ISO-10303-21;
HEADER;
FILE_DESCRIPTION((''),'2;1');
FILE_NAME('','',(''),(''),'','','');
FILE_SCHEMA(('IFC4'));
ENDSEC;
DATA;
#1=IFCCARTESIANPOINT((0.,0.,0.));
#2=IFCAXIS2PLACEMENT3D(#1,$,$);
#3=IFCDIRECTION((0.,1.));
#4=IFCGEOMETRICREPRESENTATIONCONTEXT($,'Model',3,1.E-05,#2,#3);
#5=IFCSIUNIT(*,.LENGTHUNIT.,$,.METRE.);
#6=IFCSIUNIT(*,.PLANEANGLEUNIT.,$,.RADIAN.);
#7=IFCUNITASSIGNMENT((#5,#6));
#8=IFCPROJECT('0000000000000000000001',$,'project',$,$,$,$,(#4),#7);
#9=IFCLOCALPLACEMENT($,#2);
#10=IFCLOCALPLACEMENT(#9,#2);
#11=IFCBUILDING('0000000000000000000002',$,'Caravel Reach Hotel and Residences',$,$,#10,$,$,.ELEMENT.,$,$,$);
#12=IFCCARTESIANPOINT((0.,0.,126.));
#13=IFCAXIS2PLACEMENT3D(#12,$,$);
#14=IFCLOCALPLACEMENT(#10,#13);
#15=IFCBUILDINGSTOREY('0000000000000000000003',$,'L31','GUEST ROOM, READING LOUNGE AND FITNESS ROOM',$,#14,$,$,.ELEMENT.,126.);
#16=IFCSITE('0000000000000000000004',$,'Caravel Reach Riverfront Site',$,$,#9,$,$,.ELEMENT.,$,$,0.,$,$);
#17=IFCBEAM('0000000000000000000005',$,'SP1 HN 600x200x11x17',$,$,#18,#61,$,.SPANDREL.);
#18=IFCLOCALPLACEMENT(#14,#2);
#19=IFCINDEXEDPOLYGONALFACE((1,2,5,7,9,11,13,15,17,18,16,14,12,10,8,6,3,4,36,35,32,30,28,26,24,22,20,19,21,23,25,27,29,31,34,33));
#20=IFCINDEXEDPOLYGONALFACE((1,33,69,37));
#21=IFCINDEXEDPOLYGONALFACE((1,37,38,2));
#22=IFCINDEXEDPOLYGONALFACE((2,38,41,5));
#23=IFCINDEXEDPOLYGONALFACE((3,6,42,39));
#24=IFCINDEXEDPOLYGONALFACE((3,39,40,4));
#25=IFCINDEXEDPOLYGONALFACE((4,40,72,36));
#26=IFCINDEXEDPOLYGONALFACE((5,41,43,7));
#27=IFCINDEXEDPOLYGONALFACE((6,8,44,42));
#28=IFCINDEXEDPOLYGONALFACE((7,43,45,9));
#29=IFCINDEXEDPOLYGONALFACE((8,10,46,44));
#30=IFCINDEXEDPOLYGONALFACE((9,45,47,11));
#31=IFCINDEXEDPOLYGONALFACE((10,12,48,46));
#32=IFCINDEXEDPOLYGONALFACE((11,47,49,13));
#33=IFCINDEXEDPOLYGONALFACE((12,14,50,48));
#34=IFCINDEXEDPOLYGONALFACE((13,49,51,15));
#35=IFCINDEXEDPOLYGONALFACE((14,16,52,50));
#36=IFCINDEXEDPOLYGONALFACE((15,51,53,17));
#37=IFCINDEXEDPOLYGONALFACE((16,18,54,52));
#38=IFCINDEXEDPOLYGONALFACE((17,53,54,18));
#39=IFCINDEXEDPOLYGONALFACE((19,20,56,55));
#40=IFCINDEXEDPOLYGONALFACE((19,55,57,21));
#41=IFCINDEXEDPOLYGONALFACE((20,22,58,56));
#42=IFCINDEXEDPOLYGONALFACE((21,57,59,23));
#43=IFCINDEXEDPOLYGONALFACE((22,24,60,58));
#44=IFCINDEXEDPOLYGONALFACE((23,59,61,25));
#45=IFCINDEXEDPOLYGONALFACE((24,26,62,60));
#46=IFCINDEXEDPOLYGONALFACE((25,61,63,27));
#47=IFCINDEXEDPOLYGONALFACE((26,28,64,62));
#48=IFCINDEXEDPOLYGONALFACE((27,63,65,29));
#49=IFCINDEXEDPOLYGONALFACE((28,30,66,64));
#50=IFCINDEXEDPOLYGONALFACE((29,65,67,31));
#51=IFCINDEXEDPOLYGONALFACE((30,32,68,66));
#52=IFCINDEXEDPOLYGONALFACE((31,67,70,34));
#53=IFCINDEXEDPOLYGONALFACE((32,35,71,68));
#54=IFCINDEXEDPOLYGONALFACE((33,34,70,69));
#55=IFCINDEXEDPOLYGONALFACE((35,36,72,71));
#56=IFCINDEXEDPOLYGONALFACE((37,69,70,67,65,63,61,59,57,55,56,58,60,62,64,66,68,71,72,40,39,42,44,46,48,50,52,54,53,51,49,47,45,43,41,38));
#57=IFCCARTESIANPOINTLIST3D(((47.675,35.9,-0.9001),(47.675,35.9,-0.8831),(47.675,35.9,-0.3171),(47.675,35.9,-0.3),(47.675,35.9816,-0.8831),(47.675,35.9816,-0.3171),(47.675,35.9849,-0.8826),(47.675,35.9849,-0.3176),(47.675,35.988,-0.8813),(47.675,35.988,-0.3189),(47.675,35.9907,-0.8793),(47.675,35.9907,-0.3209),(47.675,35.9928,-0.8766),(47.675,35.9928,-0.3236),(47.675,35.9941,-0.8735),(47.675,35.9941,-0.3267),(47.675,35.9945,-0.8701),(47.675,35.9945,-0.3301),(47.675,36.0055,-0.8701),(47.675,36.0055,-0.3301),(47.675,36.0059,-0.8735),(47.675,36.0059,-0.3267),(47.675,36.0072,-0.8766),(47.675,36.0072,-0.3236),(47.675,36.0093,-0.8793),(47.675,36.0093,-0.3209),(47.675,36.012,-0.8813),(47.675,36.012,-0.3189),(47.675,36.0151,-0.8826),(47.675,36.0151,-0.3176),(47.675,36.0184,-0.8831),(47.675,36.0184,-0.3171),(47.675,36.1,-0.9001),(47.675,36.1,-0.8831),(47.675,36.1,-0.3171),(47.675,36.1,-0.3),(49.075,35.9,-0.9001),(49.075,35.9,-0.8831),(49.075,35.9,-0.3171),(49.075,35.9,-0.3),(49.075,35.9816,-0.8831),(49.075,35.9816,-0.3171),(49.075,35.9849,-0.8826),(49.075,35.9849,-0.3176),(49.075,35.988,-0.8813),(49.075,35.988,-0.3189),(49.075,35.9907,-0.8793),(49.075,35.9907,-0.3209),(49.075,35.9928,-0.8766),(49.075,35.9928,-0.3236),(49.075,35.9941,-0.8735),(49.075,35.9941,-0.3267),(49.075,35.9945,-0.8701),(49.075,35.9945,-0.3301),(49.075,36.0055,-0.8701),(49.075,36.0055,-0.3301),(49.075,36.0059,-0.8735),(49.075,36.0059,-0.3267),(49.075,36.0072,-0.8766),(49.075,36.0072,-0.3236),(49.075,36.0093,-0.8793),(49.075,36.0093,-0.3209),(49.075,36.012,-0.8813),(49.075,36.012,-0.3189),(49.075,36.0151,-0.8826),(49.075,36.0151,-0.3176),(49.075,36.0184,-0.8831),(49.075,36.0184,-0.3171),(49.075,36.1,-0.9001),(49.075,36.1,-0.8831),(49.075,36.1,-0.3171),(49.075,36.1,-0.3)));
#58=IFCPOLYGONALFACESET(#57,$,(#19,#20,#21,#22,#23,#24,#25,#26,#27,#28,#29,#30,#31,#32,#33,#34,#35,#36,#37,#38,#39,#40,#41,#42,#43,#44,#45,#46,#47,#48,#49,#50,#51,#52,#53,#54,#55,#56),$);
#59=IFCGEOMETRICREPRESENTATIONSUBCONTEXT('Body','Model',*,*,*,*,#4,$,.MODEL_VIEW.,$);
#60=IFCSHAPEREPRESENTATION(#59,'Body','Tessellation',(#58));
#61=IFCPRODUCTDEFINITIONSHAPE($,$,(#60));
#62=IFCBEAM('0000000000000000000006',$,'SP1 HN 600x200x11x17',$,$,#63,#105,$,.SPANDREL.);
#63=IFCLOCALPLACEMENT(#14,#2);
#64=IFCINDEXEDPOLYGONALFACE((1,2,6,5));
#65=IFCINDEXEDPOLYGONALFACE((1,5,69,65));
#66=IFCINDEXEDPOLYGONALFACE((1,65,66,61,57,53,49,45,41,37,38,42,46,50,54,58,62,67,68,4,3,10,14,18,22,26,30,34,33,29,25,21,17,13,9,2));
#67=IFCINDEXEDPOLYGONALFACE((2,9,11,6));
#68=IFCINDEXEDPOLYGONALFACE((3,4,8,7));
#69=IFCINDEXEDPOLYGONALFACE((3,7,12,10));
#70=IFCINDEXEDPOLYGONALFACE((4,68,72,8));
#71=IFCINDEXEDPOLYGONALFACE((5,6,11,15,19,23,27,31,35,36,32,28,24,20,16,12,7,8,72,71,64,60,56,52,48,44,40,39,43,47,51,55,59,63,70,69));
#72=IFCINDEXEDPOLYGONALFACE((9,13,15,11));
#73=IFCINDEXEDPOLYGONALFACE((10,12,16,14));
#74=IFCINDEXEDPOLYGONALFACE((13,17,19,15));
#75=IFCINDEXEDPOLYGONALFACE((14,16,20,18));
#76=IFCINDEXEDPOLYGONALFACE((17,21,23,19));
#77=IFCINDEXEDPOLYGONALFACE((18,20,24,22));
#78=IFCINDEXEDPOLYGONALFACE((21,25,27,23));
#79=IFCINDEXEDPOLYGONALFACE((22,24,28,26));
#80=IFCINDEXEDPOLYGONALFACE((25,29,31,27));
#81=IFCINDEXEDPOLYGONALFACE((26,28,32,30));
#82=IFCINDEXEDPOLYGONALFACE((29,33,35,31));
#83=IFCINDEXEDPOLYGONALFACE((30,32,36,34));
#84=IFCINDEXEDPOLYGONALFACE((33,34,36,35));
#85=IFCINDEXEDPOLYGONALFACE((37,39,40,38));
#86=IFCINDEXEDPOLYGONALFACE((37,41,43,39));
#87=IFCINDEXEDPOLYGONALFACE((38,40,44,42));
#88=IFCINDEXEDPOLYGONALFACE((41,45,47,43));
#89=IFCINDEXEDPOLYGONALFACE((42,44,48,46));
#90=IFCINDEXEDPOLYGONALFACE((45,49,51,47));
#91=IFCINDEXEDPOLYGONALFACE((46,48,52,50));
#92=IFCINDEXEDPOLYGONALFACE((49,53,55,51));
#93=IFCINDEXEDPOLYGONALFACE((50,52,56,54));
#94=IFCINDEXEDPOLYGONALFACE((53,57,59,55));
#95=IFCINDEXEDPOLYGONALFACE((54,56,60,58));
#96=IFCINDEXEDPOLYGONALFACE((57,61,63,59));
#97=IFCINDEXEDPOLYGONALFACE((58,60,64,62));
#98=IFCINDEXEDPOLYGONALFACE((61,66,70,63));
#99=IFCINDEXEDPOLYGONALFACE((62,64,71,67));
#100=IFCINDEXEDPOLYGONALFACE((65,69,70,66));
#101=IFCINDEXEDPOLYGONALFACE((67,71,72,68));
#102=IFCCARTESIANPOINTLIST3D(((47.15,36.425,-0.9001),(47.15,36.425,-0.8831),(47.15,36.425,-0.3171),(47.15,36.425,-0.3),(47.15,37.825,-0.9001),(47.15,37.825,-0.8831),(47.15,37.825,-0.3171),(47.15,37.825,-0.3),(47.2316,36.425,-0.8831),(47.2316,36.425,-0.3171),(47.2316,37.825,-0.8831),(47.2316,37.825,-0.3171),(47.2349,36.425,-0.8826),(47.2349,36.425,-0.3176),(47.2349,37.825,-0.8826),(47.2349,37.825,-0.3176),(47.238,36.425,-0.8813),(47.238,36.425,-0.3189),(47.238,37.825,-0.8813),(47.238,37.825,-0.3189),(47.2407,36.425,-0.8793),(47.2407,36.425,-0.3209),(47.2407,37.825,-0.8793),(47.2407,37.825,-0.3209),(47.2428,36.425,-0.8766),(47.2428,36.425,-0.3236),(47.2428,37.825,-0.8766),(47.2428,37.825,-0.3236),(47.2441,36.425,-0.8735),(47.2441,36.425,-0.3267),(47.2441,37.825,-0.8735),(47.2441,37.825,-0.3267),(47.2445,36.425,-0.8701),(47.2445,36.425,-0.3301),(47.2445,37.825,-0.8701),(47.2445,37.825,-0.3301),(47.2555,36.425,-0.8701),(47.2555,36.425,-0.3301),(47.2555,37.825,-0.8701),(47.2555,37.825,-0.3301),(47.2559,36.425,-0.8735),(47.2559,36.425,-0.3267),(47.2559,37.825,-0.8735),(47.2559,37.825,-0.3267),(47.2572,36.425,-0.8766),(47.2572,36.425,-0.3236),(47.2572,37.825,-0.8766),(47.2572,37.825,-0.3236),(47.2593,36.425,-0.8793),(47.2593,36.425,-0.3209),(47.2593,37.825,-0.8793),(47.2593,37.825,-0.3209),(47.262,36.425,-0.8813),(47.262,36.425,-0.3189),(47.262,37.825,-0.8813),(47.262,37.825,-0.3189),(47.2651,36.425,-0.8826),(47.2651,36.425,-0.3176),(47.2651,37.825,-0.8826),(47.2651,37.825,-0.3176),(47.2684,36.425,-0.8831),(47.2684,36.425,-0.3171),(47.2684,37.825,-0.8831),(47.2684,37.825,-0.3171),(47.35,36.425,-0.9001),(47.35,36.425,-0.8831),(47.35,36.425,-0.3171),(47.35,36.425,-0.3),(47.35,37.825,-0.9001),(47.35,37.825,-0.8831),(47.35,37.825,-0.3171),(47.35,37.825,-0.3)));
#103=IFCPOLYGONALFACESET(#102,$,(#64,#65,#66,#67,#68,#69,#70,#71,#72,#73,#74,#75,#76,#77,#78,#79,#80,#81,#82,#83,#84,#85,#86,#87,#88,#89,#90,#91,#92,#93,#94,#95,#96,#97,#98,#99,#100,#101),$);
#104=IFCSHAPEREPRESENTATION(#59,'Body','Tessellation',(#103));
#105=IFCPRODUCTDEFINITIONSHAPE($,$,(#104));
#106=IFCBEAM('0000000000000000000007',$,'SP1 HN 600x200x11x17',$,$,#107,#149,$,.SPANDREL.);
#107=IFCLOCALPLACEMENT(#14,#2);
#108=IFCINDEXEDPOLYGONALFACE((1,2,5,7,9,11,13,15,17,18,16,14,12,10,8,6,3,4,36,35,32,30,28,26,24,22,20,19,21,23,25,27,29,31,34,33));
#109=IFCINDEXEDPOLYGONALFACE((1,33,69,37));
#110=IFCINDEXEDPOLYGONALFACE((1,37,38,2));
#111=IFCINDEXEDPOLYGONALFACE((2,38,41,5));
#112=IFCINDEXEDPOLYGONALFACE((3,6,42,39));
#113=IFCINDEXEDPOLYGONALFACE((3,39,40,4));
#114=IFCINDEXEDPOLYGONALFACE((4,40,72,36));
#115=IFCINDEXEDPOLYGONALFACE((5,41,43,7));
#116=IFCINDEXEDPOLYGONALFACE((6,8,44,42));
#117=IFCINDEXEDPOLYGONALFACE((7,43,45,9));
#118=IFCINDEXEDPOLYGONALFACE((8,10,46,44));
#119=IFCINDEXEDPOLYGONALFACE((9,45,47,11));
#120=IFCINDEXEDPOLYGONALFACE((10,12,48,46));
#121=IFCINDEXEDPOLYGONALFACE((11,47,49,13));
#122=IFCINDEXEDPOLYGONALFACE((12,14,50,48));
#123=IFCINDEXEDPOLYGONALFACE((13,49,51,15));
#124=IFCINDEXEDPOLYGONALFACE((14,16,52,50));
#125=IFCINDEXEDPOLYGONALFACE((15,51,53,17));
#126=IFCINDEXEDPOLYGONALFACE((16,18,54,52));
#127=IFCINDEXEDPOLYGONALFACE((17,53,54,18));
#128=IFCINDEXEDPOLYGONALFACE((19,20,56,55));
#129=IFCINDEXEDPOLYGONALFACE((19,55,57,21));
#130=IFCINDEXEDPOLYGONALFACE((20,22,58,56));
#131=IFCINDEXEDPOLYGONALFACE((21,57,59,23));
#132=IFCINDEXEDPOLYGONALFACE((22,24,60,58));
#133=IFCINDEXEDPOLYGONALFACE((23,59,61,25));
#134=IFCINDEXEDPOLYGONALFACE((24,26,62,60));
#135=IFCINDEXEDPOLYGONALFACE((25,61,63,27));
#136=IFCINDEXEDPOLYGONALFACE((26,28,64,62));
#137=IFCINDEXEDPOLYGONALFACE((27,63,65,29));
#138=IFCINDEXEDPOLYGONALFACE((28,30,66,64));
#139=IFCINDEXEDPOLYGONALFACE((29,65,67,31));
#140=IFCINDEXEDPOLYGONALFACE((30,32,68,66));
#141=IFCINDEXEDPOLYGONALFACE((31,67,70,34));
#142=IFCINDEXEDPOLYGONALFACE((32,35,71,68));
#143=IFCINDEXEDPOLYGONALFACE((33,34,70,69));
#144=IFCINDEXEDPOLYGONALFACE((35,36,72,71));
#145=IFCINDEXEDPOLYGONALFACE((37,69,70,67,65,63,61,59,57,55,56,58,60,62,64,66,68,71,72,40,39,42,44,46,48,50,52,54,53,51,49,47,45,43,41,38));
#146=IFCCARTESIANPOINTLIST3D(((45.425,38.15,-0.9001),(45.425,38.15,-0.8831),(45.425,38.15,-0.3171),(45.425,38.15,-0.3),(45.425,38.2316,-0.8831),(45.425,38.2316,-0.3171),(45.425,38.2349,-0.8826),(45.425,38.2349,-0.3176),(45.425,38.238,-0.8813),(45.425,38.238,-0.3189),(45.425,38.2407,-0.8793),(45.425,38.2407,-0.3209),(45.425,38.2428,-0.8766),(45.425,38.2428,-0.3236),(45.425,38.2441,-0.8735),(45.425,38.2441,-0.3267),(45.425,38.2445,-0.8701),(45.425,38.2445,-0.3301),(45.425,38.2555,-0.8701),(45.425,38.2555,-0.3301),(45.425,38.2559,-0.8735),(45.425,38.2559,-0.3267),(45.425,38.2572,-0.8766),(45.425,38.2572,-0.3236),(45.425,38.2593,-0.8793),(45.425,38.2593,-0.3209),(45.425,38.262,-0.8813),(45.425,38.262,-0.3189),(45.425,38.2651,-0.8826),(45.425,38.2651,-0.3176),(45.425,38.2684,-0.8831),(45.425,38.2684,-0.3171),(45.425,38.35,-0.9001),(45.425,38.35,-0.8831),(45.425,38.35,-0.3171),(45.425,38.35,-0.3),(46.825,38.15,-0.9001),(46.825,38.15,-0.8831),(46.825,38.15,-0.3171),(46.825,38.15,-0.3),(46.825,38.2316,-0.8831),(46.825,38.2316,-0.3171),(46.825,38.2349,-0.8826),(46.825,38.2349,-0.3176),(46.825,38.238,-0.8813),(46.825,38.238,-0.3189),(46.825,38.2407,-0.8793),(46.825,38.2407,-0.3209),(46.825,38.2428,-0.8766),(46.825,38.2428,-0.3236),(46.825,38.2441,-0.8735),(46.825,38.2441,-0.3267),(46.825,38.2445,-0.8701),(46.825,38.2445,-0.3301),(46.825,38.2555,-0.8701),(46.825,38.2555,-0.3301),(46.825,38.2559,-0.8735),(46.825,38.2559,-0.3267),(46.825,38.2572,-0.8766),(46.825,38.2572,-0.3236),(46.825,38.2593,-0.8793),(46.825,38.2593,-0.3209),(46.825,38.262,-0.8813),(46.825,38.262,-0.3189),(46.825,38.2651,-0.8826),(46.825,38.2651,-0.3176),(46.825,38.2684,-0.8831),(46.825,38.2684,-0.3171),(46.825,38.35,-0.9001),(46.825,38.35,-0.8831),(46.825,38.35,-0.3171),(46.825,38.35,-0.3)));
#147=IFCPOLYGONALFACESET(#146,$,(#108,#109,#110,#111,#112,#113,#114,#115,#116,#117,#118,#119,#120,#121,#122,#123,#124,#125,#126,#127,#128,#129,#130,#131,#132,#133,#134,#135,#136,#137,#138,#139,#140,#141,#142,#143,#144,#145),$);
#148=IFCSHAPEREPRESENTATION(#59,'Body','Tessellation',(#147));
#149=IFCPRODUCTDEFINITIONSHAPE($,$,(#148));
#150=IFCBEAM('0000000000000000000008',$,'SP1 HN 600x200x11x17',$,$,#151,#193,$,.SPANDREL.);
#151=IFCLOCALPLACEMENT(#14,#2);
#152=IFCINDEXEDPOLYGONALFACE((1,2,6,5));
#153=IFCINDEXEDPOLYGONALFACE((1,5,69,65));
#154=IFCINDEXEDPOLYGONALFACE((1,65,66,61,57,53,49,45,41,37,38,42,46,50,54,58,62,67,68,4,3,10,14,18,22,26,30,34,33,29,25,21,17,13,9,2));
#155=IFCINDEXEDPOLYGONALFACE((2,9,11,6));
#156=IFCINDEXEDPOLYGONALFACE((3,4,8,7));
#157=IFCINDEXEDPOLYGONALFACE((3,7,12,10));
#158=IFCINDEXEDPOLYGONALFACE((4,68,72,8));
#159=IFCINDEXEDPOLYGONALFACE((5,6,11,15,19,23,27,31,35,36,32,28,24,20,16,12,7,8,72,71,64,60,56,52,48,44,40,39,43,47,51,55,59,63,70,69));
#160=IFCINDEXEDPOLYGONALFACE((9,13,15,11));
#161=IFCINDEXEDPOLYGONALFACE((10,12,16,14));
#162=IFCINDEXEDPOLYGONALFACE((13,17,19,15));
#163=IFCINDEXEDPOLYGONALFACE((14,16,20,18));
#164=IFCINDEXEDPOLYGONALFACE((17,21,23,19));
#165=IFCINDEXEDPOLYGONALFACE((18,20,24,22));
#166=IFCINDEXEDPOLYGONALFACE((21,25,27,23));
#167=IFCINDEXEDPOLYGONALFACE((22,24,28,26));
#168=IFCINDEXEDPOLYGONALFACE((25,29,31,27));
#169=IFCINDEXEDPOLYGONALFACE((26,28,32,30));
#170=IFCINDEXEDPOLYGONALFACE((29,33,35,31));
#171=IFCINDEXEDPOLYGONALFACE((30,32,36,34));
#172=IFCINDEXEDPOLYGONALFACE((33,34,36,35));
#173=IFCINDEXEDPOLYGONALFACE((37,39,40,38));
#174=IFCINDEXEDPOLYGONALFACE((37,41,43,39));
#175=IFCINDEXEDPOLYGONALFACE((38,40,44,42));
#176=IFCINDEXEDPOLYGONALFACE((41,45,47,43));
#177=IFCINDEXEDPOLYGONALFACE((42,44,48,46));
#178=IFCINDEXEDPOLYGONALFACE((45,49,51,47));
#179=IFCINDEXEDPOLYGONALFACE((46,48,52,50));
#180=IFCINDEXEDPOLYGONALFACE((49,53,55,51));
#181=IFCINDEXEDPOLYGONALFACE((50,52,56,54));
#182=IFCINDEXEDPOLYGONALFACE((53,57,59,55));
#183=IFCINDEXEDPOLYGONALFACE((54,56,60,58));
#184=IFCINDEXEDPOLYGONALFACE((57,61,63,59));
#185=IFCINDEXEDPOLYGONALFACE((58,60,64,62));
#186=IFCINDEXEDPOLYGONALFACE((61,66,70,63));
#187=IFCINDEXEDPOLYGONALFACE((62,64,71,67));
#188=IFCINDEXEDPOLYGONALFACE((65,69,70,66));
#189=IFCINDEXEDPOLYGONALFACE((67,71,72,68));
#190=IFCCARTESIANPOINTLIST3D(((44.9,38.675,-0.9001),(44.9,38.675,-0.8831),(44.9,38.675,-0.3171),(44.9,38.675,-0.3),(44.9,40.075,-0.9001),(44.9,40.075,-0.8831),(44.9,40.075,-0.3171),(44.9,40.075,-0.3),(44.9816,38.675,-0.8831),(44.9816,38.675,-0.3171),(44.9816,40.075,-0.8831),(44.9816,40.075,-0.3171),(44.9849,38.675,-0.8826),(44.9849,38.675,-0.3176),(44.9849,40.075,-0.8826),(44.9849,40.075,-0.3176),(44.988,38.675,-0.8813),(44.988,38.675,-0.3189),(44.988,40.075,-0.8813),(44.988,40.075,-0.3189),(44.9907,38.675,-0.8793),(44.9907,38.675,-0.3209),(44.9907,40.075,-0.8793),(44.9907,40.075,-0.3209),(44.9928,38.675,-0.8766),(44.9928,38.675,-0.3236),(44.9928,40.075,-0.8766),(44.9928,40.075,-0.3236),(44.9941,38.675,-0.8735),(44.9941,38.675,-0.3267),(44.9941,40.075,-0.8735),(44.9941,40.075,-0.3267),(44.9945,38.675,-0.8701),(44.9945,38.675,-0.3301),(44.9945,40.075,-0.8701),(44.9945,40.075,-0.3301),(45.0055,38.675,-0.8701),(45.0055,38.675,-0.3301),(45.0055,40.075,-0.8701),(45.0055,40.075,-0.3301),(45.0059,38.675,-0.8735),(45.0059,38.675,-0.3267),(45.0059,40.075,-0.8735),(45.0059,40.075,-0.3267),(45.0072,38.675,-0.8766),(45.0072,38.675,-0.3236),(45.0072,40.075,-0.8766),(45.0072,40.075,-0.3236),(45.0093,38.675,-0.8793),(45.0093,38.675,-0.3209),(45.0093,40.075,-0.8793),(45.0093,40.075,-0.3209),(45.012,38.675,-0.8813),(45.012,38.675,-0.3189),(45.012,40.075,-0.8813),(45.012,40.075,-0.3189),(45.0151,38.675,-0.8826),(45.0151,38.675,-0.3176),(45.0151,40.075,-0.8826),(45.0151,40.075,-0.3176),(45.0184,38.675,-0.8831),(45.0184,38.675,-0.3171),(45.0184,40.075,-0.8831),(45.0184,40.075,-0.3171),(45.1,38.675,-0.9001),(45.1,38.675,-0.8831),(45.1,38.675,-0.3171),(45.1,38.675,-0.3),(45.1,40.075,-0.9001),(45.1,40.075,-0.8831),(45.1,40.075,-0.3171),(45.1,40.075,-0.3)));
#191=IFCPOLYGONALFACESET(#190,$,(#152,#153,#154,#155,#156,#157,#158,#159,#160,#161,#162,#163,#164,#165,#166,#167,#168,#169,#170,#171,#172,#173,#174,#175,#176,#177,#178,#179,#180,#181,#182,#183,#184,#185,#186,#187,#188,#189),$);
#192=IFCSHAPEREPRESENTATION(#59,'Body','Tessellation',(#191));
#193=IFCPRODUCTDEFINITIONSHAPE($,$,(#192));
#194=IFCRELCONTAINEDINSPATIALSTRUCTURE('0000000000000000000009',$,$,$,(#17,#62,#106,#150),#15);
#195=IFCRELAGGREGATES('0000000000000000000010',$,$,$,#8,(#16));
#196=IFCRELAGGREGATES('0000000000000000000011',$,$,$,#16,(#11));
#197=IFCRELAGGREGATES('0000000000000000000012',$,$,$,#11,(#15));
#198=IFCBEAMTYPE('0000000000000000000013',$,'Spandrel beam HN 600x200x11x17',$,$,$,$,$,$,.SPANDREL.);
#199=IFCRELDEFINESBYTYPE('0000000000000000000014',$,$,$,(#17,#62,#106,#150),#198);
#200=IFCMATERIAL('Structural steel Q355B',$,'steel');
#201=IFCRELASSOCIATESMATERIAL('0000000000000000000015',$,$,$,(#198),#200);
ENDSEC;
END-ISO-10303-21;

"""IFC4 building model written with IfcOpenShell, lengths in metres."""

from ifc_helpers import new_model, si_unit, direction, frame, origin, origin_2d, place, context, subcontext, project, spatial, i_section, extrude, material, material_profile, profile_set, type_object, element, save


model = new_model("IFC4")

# Units and contexts
model_context = context("Model", 3, precision=1e-05, world=origin(), true_north=direction((0.0, 1.0)))
body_context = subcontext(model_context, "Body", "Model", "MODEL_VIEW")
ifc_project = project(units=[si_unit("LENGTHUNIT", "METRE"), si_unit("PLANEANGLEUNIT", "RADIAN")], contexts=[model_context])

# Site, building, storey
site_placement = place(None, origin())
site = spatial("IfcSite", under=ifc_project, at=site_placement, Name="Caravel Reach Riverfront Site", CompositionType="ELEMENT", RefElevation=0.0)
building_placement = place(site_placement, origin())
building = spatial("IfcBuilding", under=site, at=building_placement, Name="Caravel Reach Hotel and Residences", CompositionType="ELEMENT")
storey_placement = place(building_placement, frame((0.0, 0.0, 126.0)))
storey = spatial("IfcBuildingStorey", under=building, at=storey_placement, Name="L31", Description="GUEST ROOM, READING LOUNGE AND FITNESS ROOM", CompositionType="ELEMENT", Elevation=126.0)

# Beams
ifc_material_1 = material(Name="Structural steel Q355B", Category="steel")
ifc_material_profile_1 = material_profile(ifc_material_1, i_section(OverallWidth=0.2, OverallDepth=0.6001, WebThickness=0.011, FlangeThickness=0.0171, FilletRadius=0.0129, at=origin_2d()), Name="HN 600x200x11x17")
ifc_profile_set_1 = profile_set([ifc_material_profile_1], Name="Structural steel Q355B")
beam_type_1 = type_object("IfcBeamType", Name="Spandrel beam HN 600x200x11x17", PredefinedType="SPANDREL", material=ifc_profile_set_1)
for number, where, z_axis, x_axis, name in (
    (1, (49.075, 36.0, -0.6001), (-1.0, 0.0, 0.0), (0.0, -1.0, 0.0), "SP1 HN 600x200x11x17"),
    (2, (47.25, 36.425, -0.6001), (0.0, 1.0, 0.0), (-1.0, 0.0, 0.0), "SP1 HN 600x200x11x17"),
    (3, (46.825, 38.25, -0.6001), (-1.0, 0.0, 0.0), (0.0, -1.0, 0.0), "SP1 HN 600x200x11x17"),
    (4, (45.0, 38.675, -0.6001), (0.0, 1.0, 0.0), (-1.0, 0.0, 0.0), "SP1 HN 600x200x11x17"),
):
    element("IfcBeam", number, at=place(storey_placement, frame(where, z_axis=z_axis, x_axis=x_axis)), inside=storey, type_object=beam_type_1, Name=name, PredefinedType="SPANDREL", context=body_context, shape_type="SweptSolid", body=[
        extrude(i_section(OverallWidth=0.2, OverallDepth=0.6001, WebThickness=0.011, FlangeThickness=0.0171, FilletRadius=0.0129, at=origin_2d()), origin(), (0.0, 0.0, 1.0), 1.3999),
    ])

save(model, "model.ifc")
